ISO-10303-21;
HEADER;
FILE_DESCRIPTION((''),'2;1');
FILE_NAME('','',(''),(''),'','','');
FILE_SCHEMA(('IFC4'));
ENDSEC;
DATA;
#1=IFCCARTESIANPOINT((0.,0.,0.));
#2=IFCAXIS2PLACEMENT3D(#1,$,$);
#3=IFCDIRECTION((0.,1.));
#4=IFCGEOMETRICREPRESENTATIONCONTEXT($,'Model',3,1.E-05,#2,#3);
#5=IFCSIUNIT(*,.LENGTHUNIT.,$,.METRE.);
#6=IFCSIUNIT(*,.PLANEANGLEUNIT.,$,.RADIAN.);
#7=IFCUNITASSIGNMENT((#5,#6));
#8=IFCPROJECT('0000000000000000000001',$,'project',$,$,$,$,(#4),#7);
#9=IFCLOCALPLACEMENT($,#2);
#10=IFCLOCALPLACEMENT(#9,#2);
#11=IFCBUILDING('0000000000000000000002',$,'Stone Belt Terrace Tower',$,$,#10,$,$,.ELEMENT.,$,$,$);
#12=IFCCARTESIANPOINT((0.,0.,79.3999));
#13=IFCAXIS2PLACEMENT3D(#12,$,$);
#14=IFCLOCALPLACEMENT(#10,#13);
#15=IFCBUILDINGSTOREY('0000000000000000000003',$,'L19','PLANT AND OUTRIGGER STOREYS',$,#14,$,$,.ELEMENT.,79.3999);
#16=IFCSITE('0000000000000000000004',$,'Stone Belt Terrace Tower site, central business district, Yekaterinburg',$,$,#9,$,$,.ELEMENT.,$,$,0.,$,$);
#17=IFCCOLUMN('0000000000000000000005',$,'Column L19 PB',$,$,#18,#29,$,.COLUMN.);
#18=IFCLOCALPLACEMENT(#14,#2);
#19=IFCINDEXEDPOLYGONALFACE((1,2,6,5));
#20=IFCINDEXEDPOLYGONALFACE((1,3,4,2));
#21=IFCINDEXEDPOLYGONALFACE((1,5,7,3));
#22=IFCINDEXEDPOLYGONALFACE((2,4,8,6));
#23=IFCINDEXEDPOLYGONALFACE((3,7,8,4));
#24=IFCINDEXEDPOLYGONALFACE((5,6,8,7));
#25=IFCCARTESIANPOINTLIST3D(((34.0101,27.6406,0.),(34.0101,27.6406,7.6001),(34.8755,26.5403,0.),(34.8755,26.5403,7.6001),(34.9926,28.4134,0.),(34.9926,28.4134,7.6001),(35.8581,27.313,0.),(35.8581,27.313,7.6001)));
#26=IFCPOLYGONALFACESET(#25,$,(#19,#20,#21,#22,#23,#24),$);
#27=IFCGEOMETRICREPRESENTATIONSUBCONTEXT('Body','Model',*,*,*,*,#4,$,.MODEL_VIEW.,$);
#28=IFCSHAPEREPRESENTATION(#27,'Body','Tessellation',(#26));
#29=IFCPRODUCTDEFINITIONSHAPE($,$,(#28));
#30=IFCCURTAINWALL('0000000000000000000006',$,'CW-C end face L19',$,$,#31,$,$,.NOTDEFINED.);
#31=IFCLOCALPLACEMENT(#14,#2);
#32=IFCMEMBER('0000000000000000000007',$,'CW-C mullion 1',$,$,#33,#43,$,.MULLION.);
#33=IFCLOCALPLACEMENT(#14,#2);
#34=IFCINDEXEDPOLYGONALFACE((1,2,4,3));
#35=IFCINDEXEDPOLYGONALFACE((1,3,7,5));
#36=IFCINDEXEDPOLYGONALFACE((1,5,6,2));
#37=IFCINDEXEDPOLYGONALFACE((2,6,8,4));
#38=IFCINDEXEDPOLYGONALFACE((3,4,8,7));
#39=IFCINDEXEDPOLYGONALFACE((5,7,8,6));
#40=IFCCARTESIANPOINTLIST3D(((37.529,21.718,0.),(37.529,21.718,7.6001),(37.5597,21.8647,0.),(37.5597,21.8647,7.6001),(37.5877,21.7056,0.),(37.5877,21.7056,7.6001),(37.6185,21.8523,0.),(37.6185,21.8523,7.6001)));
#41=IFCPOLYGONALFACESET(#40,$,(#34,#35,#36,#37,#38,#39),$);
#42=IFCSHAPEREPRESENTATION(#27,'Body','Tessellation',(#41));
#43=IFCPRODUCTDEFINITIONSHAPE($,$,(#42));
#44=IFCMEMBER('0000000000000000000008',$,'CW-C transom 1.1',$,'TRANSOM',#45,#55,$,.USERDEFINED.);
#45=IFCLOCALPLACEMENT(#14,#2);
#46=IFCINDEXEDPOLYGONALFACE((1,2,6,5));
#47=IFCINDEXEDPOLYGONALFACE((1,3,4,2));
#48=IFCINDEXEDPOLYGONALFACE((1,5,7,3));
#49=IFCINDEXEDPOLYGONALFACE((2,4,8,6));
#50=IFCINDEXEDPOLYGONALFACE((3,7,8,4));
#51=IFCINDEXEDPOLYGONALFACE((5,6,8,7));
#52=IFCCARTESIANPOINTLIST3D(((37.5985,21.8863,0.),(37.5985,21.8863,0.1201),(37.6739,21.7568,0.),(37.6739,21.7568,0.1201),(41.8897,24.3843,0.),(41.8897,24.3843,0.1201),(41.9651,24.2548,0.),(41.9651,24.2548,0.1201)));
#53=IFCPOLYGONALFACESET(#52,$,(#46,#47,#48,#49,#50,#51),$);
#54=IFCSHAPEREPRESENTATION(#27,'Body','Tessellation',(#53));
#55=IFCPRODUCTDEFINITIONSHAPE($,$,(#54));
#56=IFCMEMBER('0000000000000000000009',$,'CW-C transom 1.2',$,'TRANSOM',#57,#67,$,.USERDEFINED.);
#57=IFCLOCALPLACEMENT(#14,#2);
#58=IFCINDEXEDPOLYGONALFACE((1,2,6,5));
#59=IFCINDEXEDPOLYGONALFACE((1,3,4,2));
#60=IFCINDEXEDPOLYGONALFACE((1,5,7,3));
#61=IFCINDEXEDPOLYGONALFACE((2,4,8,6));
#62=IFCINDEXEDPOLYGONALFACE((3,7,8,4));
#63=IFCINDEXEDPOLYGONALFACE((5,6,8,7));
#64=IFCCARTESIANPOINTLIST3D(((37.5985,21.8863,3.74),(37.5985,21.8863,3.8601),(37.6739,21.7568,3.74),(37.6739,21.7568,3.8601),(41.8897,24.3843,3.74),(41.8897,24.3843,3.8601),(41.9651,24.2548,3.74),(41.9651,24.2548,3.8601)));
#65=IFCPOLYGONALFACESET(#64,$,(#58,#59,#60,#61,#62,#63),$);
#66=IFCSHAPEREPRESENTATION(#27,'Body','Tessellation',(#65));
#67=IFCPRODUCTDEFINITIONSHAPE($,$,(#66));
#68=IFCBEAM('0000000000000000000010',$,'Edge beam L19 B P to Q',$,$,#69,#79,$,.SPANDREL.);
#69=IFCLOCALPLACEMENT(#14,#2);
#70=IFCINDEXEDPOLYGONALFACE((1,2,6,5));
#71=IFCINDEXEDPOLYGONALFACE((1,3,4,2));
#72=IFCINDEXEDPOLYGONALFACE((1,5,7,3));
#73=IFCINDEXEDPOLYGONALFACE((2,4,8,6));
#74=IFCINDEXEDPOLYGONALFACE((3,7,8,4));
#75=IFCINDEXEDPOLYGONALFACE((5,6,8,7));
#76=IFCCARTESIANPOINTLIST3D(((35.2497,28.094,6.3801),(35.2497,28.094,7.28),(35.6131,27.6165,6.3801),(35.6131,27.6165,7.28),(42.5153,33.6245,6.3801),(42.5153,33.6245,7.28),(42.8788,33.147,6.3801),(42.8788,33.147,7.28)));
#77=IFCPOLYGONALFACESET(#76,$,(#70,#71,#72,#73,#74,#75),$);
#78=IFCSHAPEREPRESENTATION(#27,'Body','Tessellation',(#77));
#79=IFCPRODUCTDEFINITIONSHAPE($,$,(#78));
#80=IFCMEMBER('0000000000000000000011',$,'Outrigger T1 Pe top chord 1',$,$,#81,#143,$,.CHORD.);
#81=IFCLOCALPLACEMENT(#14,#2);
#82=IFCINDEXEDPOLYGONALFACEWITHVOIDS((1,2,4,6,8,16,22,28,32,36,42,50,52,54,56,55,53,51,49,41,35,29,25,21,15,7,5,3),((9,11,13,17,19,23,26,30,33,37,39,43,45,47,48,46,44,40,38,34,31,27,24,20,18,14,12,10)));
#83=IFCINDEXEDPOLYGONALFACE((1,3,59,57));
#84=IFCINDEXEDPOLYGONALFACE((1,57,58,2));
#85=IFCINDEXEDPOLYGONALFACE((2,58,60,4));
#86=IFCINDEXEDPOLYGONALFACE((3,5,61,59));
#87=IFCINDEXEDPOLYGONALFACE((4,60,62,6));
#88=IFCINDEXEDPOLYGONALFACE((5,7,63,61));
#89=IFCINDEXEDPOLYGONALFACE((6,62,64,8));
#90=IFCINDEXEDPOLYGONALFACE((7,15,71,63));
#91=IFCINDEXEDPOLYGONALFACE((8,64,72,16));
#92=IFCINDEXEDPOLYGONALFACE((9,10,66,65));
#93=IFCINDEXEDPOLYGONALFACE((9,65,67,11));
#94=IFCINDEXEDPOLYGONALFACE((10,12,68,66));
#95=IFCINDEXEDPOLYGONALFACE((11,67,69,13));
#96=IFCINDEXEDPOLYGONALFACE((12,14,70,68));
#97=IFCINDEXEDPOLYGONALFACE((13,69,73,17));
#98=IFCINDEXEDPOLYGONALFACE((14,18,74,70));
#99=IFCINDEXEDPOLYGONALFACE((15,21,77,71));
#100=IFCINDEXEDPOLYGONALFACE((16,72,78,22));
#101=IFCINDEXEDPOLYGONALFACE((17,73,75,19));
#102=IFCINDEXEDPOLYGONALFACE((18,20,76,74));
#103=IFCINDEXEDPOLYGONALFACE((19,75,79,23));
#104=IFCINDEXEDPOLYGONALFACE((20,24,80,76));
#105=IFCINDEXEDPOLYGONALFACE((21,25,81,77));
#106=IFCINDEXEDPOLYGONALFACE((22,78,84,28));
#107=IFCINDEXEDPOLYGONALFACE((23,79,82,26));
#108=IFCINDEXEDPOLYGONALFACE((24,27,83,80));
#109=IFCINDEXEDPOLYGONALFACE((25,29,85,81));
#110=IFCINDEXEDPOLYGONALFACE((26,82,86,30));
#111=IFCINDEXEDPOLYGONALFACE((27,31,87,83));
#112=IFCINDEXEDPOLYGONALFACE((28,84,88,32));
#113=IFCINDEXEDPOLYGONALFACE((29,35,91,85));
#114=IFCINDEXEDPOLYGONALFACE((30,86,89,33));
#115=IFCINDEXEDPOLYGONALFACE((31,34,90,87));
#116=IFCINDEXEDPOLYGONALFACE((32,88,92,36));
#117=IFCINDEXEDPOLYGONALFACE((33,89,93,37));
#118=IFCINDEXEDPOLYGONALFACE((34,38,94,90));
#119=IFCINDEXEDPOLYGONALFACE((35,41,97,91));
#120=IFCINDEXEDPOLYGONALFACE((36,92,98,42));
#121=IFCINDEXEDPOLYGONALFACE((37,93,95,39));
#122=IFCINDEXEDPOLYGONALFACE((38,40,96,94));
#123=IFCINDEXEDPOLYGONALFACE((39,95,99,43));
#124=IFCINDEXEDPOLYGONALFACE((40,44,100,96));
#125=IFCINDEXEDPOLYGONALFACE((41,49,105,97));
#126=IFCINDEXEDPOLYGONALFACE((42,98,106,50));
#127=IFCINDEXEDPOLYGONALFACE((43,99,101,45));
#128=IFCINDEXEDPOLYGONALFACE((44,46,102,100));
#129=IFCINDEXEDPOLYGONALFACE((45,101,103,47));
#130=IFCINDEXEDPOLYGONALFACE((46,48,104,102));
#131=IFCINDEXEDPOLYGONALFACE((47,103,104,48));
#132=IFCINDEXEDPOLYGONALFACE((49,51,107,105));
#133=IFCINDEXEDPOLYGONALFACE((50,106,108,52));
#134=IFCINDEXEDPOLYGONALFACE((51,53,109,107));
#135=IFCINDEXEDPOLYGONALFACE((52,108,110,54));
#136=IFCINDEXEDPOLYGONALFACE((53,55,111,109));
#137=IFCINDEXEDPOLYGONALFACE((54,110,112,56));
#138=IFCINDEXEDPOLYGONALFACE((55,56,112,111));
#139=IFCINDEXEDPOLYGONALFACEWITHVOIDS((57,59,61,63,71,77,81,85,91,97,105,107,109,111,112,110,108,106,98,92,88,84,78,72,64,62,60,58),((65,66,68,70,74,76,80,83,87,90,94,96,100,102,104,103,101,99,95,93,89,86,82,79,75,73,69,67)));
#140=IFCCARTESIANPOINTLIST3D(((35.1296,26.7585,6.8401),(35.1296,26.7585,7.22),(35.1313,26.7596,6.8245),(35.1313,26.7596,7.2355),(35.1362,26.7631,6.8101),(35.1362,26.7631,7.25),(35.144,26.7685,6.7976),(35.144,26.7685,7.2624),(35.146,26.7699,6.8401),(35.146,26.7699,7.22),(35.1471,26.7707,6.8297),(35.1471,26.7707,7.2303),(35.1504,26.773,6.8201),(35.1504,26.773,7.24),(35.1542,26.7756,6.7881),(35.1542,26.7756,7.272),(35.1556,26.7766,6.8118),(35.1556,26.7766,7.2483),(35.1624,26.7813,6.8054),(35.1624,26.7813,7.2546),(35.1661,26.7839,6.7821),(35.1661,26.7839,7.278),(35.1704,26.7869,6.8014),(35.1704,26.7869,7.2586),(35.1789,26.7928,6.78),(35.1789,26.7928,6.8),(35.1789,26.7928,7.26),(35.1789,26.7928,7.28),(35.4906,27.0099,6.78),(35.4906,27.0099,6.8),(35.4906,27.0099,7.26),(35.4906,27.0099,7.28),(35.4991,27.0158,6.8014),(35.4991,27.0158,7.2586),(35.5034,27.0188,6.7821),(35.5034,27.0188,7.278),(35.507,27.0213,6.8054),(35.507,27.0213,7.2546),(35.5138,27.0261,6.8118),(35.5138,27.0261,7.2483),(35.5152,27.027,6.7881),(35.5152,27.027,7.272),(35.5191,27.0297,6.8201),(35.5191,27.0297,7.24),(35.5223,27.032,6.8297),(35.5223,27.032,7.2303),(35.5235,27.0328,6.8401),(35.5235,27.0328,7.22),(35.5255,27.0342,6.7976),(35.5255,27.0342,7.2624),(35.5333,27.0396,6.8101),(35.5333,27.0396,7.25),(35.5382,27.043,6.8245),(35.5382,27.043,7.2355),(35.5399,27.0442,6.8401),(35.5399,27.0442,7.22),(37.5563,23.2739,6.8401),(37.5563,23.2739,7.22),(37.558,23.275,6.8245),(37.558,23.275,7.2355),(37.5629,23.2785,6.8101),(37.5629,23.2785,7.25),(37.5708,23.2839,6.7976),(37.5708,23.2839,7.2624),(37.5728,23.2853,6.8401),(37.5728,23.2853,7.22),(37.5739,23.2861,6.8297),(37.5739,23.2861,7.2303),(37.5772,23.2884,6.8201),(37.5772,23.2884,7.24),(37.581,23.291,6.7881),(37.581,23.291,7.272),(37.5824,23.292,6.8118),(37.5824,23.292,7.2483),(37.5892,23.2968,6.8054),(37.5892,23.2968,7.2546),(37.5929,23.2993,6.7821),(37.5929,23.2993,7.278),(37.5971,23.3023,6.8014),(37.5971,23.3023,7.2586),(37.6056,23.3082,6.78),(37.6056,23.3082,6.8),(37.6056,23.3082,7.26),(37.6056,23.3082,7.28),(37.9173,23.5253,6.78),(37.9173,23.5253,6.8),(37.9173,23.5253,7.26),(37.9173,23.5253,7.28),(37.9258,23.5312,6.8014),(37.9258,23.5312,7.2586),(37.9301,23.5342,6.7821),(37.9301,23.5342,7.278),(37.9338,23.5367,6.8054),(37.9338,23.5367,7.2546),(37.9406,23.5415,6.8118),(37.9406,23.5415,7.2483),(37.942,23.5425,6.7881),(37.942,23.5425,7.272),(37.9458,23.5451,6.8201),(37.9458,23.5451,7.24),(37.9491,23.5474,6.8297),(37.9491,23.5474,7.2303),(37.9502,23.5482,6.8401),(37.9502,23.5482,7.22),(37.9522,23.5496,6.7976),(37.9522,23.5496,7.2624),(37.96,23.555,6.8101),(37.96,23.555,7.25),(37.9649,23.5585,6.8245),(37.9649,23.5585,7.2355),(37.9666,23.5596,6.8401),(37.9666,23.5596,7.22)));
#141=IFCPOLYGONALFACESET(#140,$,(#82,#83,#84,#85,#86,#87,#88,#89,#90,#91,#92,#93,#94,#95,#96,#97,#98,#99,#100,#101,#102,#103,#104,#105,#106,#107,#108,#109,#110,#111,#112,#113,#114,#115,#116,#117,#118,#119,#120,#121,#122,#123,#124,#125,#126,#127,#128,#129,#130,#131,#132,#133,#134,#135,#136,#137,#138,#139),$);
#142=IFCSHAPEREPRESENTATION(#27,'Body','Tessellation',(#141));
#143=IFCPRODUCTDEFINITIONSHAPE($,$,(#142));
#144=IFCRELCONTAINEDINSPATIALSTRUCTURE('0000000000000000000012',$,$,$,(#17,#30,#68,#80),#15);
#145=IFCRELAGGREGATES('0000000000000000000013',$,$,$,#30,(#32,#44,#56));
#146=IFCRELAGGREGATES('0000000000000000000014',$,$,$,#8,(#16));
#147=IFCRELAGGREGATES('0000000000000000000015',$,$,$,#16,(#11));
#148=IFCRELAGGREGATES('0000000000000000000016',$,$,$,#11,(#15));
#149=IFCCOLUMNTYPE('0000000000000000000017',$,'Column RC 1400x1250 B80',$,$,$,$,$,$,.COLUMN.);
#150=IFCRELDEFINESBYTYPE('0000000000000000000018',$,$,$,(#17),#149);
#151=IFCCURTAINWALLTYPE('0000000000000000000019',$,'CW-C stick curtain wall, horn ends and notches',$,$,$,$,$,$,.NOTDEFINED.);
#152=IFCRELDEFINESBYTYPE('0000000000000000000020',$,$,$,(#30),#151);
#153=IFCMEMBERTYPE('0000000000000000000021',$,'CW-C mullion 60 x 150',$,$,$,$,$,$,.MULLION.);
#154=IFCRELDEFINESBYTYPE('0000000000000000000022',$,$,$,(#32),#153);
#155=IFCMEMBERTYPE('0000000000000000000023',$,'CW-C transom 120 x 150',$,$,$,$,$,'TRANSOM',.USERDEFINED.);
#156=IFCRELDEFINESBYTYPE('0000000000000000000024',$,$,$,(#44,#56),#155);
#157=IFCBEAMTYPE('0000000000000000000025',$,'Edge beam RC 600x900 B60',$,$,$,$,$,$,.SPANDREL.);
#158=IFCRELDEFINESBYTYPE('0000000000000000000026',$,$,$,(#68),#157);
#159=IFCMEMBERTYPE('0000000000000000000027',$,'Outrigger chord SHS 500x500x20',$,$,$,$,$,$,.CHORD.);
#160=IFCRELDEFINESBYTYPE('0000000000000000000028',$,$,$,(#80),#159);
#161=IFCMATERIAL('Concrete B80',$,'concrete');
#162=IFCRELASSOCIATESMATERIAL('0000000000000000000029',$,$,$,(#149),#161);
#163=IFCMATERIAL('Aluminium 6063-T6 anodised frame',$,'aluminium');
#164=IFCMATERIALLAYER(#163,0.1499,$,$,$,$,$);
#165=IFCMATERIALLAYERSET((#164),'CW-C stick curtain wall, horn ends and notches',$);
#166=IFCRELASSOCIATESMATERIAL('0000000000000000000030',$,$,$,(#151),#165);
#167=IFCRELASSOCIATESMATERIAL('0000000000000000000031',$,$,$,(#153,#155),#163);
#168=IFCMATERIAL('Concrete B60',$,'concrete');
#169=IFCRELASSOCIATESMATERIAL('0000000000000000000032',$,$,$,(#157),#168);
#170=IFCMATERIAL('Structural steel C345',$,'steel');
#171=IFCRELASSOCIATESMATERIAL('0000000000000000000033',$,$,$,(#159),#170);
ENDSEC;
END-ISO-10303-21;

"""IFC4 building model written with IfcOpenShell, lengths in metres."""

from ifc_helpers import new_model, si_unit, direction, frame, origin, origin_2d, place, context, subcontext, project, spatial, rectangle, hollow_rectangle, extrude, material, layer, layer_set, material_profile, profile_set, type_object, element, aggregate, save


model = new_model("IFC4")

# Units and contexts
model_context = context("Model", 3, precision=1e-05, world=origin(), true_north=direction((0.0, 1.0)))
body_context = subcontext(model_context, "Body", "Model", "MODEL_VIEW")
ifc_project = project(units=[si_unit("LENGTHUNIT", "METRE"), si_unit("PLANEANGLEUNIT", "RADIAN")], contexts=[model_context])

# Site, building, storey
site_placement = place(None, origin())
site = spatial("IfcSite", under=ifc_project, at=site_placement, Name="Stone Belt Terrace Tower site, central business district, Yekaterinburg", CompositionType="ELEMENT", RefElevation=0.0)
building_placement = place(site_placement, origin())
building = spatial("IfcBuilding", under=site, at=building_placement, Name="Stone Belt Terrace Tower", CompositionType="ELEMENT")
storey_placement = place(building_placement, frame((0.0, 0.0, 79.3999)))
storey = spatial("IfcBuildingStorey", under=building, at=storey_placement, Name="L19", Description="PLANT AND OUTRIGGER STOREYS", CompositionType="ELEMENT", Elevation=79.3999)

# Column
ifc_material_1 = material(Name="Concrete B80", Category="concrete")
ifc_material_profile_1 = material_profile(ifc_material_1, rectangle(XDim=1.3999, YDim=1.25, at=origin_2d()), Name="RC 1400x1250")
ifc_profile_set_1 = profile_set([ifc_material_profile_1], Name="Concrete B80")
column_type = type_object("IfcColumnType", Name="Column RC 1400x1250 B80", PredefinedType="COLUMN", material=ifc_profile_set_1)
column_placement = place(storey_placement, frame((34.9341, 27.4768, 0.0), z_axis=(0.0, 0.0, 1.0), x_axis=(0.618218, -0.786007, 0.0)))
element("IfcColumn", 1, at=column_placement, inside=storey, type_object=column_type, Name="Column L19 PB", PredefinedType="COLUMN", context=body_context, shape_type="SweptSolid", body=[
    extrude(rectangle(XDim=1.3999, YDim=1.25, at=origin_2d()), origin(), (0.0, 0.0, 1.0), 7.6001),
])

# Curtain wall, members
ifc_material_2 = material(Name="Aluminium 6063-T6 anodised frame", Category="aluminium")
ifc_layer_1 = layer(ifc_material_2, 0.1499)
ifc_layer_set_1 = layer_set([ifc_layer_1], Name="CW-C stick curtain wall, horn ends and notches")
curtain_wall_type_1 = type_object("IfcCurtainWallType", Name="CW-C stick curtain wall, horn ends and notches", PredefinedType="NOTDEFINED", material=ifc_layer_set_1)
curtain_wall_1_placement = place(storey_placement, origin())
curtain_wall_1 = element("IfcCurtainWall", 2, at=curtain_wall_1_placement, inside=storey, type_object=curtain_wall_type_1, Name="CW-C end face L19", PredefinedType="NOTDEFINED")
ifc_material_profile_2 = material_profile(ifc_material_2, rectangle(XDim=0.1499, YDim=0.0601, at=origin_2d()), Name="Aluminium 6063-T6 60x150")
ifc_profile_set_2 = profile_set([ifc_material_profile_2], Name="Aluminium 6063-T6 anodised frame")
member_type_1 = type_object("IfcMemberType", Name="CW-C mullion 60 x 150", PredefinedType="MULLION", material=ifc_profile_set_2)
member_1_placement = place(storey_placement, frame((37.5737, 21.7852, 0.0), z_axis=(0.0, 0.0, 1.0), x_axis=(0.205298, 0.978699, 0.0)))
member_1 = element("IfcMember", 3, at=member_1_placement, type_object=member_type_1, Name="CW-C mullion 1", PredefinedType="MULLION", context=body_context, shape_type="SweptSolid", body=[
    extrude(rectangle(XDim=0.1499, YDim=0.0601, at=origin_2d()), origin(), (0.0, 0.0, 1.0), 7.6001),
])
ifc_material_profile_3 = material_profile(ifc_material_2, rectangle(XDim=0.1499, YDim=0.1201, at=origin_2d()), Name="Aluminium 6063-T6 150x120")
ifc_profile_set_3 = profile_set([ifc_material_profile_3], Name="Aluminium 6063-T6 anodised frame")
member_type_2 = type_object("IfcMemberType", Name="CW-C transom 120 x 150", ElementType="TRANSOM", PredefinedType="USERDEFINED", material=ifc_profile_set_3)
member_2_placement = place(storey_placement, frame((37.6362, 21.8215, 0.0601), z_axis=(0.864233, 0.503091, 0.0), x_axis=(-0.503091, 0.864233, 0.0)))
member_2 = element("IfcMember", 4, at=member_2_placement, type_object=member_type_2, Name="CW-C transom 1.1", ObjectType="TRANSOM", PredefinedType="USERDEFINED", context=body_context, shape_type="SweptSolid", body=[
    extrude(rectangle(XDim=0.1499, YDim=0.1201, at=origin_2d()), origin(), (0.0, 0.0, 1.0), 4.9653),
])
member_3_placement = place(storey_placement, frame((37.6362, 21.8215, 3.8), z_axis=(0.864233, 0.503091, 0.0), x_axis=(-0.503091, 0.864233, 0.0)))
member_3 = element("IfcMember", 5, at=member_3_placement, type_object=member_type_2, Name="CW-C transom 1.2", ObjectType="TRANSOM", PredefinedType="USERDEFINED", context=body_context, shape_type="SweptSolid", body=[
    extrude(rectangle(XDim=0.1499, YDim=0.1201, at=origin_2d()), origin(), (0.0, 0.0, 1.0), 4.9653),
])
aggregate(curtain_wall_1, [member_1, member_2, member_3])

# Beam
ifc_material_3 = material(Name="Concrete B60", Category="concrete")
ifc_material_profile_4 = material_profile(ifc_material_3, rectangle(XDim=0.6001, YDim=0.8999, at=origin_2d()), Name="RC 600x900")
ifc_profile_set_4 = profile_set([ifc_material_profile_4], Name="Concrete B60")
beam_type = type_object("IfcBeamType", Name="Edge beam RC 600x900 B60", PredefinedType="SPANDREL", material=ifc_profile_set_4)
beam_placement = place(storey_placement, frame((35.4314, 27.8552, 6.8301), z_axis=(0.795706, 0.605683, 0.0), x_axis=(-0.605683, 0.795706, 0.0)))
element("IfcBeam", 6, at=beam_placement, inside=storey, type_object=beam_type, Name="Edge beam L19 B P to Q", PredefinedType="SPANDREL", context=body_context, shape_type="SweptSolid", body=[
    extrude(rectangle(XDim=0.6001, YDim=0.8999, at=origin_2d()), origin(), (0.0, 0.0, 1.0), 9.1311),
])

# Member
ifc_material_4 = material(Name="Structural steel C345", Category="steel")
ifc_material_profile_5 = material_profile(ifc_material_4, hollow_rectangle(XDim=0.5, YDim=0.5, WallThickness=0.02, InnerFilletRadius=0.04, OuterFilletRadius=0.0601, at=origin_2d()), Name="SHS 500x500x20")
ifc_profile_set_5 = profile_set([ifc_material_profile_5], Name="Structural steel C345")
member_type_3 = type_object("IfcMemberType", Name="Outrigger chord SHS 500x500x20", PredefinedType="CHORD", material=ifc_profile_set_5)
for number, where, z_axis, x_axis, name in (
    (7, (37.7615, 23.4167, 7.03), (-0.571489, 0.82061, 0.0), (-0.82061, -0.571489, 0.0), "Outrigger T1 Pe top chord 1"),
):
    element("IfcMember", number, at=place(storey_placement, frame(where, z_axis=z_axis, x_axis=x_axis)), inside=storey, type_object=member_type_3, Name=name, PredefinedType="CHORD", context=body_context, shape_type="SweptSolid", body=[
        extrude(hollow_rectangle(XDim=0.5, YDim=0.5, WallThickness=0.02, InnerFilletRadius=0.04, OuterFilletRadius=0.0601, at=origin_2d()), origin(), (0.0, 0.0, 1.0), 4.2463),
    ])

save(model, "model.ifc")
